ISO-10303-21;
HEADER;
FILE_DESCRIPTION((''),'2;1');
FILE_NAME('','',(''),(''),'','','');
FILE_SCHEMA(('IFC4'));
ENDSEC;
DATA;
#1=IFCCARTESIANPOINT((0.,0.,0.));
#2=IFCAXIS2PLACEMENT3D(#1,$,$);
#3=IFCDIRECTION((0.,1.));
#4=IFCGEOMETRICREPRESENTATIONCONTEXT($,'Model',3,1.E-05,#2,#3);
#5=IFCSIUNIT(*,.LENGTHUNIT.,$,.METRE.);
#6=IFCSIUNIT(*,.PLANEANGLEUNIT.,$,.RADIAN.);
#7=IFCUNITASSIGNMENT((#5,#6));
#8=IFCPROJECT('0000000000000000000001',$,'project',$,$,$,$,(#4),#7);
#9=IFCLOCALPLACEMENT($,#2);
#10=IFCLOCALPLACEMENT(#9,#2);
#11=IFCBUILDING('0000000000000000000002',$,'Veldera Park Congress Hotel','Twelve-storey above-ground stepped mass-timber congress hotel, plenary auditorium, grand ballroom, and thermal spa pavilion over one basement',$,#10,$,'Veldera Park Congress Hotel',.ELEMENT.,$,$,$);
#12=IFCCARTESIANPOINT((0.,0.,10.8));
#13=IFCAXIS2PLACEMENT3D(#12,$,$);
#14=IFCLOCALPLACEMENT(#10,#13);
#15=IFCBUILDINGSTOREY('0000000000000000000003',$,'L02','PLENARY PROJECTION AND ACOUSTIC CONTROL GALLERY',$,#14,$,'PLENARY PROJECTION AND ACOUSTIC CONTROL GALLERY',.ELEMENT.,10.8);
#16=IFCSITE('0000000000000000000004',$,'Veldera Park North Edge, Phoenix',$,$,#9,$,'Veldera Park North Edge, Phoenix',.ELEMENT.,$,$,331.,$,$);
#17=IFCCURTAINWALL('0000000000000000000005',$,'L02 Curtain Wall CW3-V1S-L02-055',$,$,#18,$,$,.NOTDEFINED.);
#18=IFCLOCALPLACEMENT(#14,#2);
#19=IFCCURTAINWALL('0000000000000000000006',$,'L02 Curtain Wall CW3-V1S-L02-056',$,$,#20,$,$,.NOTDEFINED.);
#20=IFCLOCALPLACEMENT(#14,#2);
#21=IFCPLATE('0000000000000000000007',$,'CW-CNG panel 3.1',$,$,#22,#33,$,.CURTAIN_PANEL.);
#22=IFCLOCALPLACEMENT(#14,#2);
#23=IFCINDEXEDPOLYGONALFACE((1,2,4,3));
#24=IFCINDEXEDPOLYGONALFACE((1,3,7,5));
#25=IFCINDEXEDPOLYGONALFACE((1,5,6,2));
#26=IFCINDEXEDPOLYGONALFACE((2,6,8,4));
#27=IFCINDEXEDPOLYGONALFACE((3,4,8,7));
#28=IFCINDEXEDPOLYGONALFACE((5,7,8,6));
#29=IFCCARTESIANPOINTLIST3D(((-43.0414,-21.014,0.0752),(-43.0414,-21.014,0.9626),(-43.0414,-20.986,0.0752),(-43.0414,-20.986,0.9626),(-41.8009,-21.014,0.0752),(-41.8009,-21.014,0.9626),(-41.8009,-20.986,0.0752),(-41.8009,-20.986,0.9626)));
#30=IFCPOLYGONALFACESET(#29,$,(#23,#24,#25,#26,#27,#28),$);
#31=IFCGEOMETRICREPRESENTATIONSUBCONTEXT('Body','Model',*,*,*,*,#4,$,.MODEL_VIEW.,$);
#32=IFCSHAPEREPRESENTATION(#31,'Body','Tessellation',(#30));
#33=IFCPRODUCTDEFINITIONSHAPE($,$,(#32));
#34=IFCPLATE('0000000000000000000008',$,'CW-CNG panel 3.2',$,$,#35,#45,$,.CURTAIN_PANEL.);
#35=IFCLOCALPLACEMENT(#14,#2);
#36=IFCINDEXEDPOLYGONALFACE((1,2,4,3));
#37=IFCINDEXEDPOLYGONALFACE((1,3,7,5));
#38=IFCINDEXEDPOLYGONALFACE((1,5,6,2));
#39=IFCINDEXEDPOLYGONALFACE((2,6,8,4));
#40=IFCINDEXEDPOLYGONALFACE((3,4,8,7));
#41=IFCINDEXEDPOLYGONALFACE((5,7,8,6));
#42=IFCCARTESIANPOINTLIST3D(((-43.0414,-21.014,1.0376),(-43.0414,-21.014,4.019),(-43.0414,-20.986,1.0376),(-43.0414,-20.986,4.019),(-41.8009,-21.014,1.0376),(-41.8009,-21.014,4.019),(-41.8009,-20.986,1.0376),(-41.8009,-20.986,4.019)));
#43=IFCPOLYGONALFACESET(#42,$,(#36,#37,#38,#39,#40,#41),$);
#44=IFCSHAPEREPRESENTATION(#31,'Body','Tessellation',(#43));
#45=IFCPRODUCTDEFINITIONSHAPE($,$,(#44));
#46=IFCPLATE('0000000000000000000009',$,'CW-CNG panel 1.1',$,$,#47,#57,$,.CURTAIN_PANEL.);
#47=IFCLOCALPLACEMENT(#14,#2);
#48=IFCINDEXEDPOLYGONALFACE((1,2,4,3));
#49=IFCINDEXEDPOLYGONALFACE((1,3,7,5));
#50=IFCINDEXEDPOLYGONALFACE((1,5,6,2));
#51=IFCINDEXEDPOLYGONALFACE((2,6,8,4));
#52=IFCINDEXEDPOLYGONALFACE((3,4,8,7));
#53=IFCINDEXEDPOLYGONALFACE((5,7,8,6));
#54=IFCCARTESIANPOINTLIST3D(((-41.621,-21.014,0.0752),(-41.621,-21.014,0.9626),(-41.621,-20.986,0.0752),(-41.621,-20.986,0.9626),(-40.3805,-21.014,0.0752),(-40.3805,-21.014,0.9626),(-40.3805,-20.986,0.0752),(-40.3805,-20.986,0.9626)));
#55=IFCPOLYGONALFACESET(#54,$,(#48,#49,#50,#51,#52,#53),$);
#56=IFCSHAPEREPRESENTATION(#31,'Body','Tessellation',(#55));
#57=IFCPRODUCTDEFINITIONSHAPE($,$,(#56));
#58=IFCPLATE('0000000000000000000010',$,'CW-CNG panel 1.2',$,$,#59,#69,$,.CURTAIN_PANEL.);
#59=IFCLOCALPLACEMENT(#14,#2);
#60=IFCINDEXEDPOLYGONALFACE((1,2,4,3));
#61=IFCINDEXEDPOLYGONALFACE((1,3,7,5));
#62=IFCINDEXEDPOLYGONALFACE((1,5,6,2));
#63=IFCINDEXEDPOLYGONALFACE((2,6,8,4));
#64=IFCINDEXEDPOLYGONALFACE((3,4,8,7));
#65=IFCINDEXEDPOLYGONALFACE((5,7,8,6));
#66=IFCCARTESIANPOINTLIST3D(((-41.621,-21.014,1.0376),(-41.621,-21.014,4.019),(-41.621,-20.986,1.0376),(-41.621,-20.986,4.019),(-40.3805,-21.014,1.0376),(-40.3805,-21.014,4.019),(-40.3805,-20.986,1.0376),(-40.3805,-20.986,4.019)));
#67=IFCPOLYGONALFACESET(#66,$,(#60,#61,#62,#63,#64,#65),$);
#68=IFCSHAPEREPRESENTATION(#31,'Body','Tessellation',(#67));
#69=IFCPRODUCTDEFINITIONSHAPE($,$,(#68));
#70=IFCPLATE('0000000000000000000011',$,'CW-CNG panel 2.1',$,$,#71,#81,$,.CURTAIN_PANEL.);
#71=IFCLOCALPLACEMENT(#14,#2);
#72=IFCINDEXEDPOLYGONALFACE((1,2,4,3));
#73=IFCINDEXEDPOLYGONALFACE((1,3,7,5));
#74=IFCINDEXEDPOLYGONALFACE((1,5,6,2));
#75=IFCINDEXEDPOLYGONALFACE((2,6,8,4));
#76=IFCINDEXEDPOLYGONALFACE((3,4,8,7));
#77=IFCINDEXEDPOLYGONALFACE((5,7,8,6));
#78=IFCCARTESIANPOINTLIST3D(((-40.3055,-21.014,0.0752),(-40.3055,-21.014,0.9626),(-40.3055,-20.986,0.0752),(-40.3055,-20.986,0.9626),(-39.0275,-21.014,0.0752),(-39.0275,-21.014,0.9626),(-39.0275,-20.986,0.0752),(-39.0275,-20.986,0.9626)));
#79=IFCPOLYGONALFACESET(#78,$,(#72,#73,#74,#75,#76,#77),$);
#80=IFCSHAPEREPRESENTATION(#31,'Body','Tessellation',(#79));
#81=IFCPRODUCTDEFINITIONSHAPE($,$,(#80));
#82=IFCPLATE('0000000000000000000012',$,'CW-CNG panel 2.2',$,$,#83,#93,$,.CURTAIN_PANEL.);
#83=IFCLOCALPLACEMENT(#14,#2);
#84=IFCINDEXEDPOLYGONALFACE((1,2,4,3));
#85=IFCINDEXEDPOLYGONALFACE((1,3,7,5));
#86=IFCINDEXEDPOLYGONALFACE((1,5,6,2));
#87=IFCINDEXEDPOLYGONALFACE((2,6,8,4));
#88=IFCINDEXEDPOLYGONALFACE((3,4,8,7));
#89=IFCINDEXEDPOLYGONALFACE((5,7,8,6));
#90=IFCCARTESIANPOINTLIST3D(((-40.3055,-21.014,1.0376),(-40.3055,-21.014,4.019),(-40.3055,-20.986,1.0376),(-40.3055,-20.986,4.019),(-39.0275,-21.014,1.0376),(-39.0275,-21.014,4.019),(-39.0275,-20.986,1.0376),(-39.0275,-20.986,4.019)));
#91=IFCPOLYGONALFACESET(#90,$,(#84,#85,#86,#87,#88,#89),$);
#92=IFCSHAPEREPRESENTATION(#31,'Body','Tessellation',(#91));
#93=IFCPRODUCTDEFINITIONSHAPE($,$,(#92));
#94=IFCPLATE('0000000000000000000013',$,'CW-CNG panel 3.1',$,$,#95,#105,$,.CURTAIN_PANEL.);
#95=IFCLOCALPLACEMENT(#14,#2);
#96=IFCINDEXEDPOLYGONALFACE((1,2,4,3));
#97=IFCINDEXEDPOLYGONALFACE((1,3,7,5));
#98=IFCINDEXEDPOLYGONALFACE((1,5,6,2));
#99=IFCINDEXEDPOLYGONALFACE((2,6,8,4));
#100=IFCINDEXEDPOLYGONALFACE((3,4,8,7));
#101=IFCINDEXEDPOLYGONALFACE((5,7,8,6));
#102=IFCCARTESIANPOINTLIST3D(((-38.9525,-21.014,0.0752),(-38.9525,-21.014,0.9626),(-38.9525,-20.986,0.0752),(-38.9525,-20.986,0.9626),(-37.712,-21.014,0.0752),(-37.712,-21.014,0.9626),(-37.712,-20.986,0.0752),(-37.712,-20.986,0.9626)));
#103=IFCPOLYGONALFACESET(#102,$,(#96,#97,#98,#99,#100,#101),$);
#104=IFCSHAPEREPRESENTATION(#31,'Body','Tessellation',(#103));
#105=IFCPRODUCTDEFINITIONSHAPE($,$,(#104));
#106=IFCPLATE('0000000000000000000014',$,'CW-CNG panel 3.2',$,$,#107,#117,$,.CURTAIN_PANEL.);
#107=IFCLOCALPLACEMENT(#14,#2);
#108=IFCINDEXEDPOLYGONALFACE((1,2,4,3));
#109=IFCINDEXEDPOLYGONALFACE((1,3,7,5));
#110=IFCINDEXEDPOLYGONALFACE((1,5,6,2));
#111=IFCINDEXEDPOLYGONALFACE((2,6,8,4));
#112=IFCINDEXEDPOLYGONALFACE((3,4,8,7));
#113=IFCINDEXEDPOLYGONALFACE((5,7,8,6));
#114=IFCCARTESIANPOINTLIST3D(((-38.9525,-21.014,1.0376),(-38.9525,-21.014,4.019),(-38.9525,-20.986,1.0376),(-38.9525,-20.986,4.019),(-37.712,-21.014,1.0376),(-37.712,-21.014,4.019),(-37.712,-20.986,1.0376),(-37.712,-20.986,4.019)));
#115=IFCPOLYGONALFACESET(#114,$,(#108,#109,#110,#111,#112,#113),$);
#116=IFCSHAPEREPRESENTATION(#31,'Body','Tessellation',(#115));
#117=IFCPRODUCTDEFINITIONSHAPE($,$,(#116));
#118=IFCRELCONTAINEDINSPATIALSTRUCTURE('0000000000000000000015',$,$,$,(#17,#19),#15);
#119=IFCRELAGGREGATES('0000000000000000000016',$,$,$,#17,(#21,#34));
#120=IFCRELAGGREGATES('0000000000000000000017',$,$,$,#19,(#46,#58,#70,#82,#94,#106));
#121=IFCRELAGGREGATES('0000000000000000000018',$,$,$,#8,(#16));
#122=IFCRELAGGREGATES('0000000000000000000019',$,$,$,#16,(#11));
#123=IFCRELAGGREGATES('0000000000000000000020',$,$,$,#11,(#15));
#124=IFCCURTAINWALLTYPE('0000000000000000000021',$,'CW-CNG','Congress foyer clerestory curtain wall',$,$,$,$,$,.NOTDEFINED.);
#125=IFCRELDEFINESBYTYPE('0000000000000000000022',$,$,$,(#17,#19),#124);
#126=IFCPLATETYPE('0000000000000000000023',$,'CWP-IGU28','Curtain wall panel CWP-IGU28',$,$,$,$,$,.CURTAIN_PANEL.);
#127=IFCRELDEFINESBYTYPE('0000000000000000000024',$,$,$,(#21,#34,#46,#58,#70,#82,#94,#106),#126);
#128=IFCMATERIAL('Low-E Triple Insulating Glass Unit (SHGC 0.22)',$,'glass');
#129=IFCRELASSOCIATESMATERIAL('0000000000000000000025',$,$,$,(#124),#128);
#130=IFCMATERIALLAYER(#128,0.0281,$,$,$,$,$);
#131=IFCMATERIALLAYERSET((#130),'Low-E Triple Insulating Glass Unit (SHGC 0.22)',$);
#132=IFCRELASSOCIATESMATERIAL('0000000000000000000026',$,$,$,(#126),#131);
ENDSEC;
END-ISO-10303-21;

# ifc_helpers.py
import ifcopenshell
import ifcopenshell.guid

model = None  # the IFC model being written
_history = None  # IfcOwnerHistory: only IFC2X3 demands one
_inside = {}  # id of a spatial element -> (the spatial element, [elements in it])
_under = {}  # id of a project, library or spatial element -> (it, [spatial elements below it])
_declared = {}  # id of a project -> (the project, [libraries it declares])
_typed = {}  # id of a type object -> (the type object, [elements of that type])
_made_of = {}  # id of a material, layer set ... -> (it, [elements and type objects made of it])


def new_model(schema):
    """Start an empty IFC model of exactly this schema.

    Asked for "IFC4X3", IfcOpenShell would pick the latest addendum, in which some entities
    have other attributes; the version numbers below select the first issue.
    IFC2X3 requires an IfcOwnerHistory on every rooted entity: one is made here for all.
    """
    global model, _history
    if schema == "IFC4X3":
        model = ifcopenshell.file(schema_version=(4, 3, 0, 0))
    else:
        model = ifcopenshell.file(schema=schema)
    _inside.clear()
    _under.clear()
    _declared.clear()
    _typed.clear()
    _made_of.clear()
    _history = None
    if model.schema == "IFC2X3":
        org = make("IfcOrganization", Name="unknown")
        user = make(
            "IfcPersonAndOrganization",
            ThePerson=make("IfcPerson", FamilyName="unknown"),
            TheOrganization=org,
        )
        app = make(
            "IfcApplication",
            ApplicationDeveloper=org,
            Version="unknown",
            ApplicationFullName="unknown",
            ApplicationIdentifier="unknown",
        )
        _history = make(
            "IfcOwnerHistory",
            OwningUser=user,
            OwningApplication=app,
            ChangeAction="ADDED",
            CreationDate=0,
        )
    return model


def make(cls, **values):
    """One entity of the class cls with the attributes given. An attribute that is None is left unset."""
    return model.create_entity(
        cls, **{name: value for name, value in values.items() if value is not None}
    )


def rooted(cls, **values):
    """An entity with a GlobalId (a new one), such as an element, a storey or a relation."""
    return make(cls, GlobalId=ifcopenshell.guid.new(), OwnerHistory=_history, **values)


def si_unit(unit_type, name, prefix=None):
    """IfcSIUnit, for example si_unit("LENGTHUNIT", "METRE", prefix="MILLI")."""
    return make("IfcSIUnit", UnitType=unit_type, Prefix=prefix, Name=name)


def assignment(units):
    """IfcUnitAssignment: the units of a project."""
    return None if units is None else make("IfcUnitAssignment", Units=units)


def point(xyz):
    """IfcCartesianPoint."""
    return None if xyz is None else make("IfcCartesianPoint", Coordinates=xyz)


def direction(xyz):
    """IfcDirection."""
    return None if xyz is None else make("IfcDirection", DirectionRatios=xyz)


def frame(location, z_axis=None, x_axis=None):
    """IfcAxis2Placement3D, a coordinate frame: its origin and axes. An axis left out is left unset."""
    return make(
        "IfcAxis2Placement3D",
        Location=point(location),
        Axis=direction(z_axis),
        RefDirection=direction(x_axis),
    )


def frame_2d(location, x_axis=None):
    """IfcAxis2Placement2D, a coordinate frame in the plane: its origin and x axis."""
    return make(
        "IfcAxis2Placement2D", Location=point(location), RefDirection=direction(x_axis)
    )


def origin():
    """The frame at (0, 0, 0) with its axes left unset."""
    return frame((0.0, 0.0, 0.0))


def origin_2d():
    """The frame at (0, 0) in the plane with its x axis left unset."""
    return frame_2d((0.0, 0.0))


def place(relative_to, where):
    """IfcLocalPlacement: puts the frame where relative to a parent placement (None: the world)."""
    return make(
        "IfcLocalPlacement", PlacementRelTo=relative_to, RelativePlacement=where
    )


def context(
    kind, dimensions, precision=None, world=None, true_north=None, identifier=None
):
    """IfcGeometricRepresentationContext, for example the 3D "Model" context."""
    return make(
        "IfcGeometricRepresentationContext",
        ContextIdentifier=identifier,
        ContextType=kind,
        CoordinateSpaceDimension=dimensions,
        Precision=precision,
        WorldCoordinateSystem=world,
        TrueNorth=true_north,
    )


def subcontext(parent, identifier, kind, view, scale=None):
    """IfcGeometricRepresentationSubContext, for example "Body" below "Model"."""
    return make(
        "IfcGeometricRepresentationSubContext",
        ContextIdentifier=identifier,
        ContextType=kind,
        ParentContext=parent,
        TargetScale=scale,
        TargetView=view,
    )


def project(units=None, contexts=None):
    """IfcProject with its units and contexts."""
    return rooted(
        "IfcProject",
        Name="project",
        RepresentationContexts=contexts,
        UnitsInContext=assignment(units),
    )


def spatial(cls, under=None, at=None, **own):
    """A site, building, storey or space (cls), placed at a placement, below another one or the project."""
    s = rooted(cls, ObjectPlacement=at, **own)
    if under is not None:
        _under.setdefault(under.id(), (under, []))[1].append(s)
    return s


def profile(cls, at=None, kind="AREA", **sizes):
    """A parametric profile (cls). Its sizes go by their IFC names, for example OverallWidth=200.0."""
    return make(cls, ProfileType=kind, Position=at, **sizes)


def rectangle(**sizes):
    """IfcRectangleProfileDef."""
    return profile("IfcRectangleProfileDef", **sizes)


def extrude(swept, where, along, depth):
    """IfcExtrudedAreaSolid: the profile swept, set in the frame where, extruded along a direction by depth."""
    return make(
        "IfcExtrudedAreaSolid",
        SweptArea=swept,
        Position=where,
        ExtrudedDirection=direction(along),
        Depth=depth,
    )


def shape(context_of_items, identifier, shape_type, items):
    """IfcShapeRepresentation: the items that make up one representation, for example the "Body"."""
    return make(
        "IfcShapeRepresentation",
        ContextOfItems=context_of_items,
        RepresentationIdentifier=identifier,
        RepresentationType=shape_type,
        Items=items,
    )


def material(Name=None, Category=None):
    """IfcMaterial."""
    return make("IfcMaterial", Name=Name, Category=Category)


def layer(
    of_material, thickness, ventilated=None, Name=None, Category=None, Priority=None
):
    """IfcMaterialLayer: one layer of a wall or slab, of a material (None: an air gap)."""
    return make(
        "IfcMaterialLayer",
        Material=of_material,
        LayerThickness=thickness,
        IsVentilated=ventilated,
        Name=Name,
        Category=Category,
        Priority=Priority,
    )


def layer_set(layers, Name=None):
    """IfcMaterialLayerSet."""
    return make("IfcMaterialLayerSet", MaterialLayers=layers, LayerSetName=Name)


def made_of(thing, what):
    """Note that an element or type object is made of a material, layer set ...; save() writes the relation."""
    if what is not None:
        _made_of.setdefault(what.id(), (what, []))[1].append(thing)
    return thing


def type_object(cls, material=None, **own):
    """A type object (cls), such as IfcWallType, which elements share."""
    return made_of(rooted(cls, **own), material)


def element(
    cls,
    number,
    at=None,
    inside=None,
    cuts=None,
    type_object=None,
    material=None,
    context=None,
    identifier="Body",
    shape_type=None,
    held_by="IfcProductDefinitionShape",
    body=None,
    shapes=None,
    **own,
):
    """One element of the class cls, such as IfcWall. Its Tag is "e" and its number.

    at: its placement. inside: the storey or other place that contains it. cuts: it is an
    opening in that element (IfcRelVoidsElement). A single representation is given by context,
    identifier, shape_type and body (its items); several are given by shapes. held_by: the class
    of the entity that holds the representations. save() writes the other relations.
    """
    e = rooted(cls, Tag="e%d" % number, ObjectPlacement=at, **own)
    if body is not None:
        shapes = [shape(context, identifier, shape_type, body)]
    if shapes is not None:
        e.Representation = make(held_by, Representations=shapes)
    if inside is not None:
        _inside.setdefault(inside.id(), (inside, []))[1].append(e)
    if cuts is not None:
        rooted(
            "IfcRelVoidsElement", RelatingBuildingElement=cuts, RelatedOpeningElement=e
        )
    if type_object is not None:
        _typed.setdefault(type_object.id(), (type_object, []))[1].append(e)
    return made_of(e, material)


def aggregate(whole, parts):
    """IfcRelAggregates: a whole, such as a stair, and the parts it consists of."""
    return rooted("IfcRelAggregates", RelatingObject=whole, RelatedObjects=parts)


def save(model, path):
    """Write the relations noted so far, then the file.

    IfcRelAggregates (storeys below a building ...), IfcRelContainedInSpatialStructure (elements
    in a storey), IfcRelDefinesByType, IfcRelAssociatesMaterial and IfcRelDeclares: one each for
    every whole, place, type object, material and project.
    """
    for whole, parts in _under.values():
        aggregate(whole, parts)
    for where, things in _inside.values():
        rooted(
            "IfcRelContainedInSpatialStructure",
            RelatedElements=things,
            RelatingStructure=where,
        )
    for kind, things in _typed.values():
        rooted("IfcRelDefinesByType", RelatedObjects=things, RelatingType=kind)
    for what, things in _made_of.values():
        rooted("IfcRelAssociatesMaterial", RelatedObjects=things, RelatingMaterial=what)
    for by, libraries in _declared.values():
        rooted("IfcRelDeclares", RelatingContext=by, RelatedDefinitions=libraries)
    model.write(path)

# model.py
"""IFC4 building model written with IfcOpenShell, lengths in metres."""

from ifc_helpers import new_model, si_unit, direction, frame, origin, origin_2d, place, context, subcontext, project, spatial, rectangle, extrude, material, layer, layer_set, type_object, element, aggregate, save


model = new_model("IFC4")

# Units and contexts
model_context = context("Model", 3, precision=1e-05, world=origin(), true_north=direction((0.0, 1.0)))
body_context = subcontext(model_context, "Body", "Model", "MODEL_VIEW")
ifc_project = project(units=[si_unit("LENGTHUNIT", "METRE"), si_unit("PLANEANGLEUNIT", "RADIAN")], contexts=[model_context])

# Site, building, storey
site_placement = place(None, origin())
site = spatial("IfcSite", under=ifc_project, at=site_placement, Name="Veldera Park North Edge, Phoenix", LongName="Veldera Park North Edge, Phoenix", CompositionType="ELEMENT", RefElevation=331.0)
building_placement = place(site_placement, origin())
building = spatial("IfcBuilding", under=site, at=building_placement, Name="Veldera Park Congress Hotel", Description="Twelve-storey above-ground stepped mass-timber congress hotel, plenary auditorium, grand ballroom, and thermal spa pavilion over one basement", LongName="Veldera Park Congress Hotel", CompositionType="ELEMENT")
storey_placement = place(building_placement, frame((0.0, 0.0, 10.8)))
storey = spatial("IfcBuildingStorey", under=building, at=storey_placement, Name="L02", Description="PLENARY PROJECTION AND ACOUSTIC CONTROL GALLERY", LongName="PLENARY PROJECTION AND ACOUSTIC CONTROL GALLERY", CompositionType="ELEMENT", Elevation=10.8)

# Curtain walls
ifc_material_1 = material(Name="Low-E Triple Insulating Glass Unit (SHGC 0.22)", Category="glass")
curtain_wall_type = type_object("IfcCurtainWallType", Name="CW-CNG", Description="Congress foyer clerestory curtain wall", PredefinedType="NOTDEFINED", material=ifc_material_1)
curtain_wall_1_placement = place(storey_placement, origin())
curtain_wall_1 = element("IfcCurtainWall", 1, at=curtain_wall_1_placement, inside=storey, type_object=curtain_wall_type, Name="L02 Curtain Wall CW3-V1S-L02-055", PredefinedType="NOTDEFINED")
curtain_wall_2_placement = place(storey_placement, origin())
curtain_wall_2 = element("IfcCurtainWall", 2, at=curtain_wall_2_placement, inside=storey, type_object=curtain_wall_type, Name="L02 Curtain Wall CW3-V1S-L02-056", PredefinedType="NOTDEFINED")

# Plates
ifc_layer = layer(ifc_material_1, 0.0281)
ifc_layer_set = layer_set([ifc_layer], Name="Low-E Triple Insulating Glass Unit (SHGC 0.22)")
plate_type = type_object("IfcPlateType", Name="CWP-IGU28", Description="Curtain wall panel CWP-IGU28", PredefinedType="CURTAIN_PANEL", material=ifc_layer_set)
plate_1_placement = place(storey_placement, frame((-42.4211, -21.0, 0.0752), z_axis=(0.0, 0.0, 1.0), x_axis=(1.0, 0.0, 0.0)))
plate_1 = element("IfcPlate", 3, at=plate_1_placement, type_object=plate_type, Name="CW-CNG panel 3.1", PredefinedType="CURTAIN_PANEL", context=body_context, shape_type="SweptSolid", body=[
    extrude(rectangle(XDim=1.2405, YDim=0.0281, at=origin_2d()), origin(), (0.0, 0.0, 1.0), 0.8875),
])
plate_2_placement = place(storey_placement, frame((-42.4211, -21.0, 1.0376), z_axis=(0.0, 0.0, 1.0), x_axis=(1.0, 0.0, 0.0)))
plate_2 = element("IfcPlate", 4, at=plate_2_placement, type_object=plate_type, Name="CW-CNG panel 3.2", PredefinedType="CURTAIN_PANEL", context=body_context, shape_type="SweptSolid", body=[
    extrude(rectangle(XDim=1.2405, YDim=0.0281, at=origin_2d()), origin(), (0.0, 0.0, 1.0), 2.9814),
])
aggregate(curtain_wall_1, [plate_1, plate_2])
plate_3_placement = place(storey_placement, frame((-41.0007, -21.0, 0.0752), z_axis=(0.0, 0.0, 1.0), x_axis=(1.0, 0.0, 0.0)))
plate_3 = element("IfcPlate", 5, at=plate_3_placement, type_object=plate_type, Name="CW-CNG panel 1.1", PredefinedType="CURTAIN_PANEL", context=body_context, shape_type="SweptSolid", body=[
    extrude(rectangle(XDim=1.2405, YDim=0.0281, at=origin_2d()), origin(), (0.0, 0.0, 1.0), 0.8875),
])
plate_4_placement = place(storey_placement, frame((-41.0007, -21.0, 1.0376), z_axis=(0.0, 0.0, 1.0), x_axis=(1.0, 0.0, 0.0)))
plate_4 = element("IfcPlate", 6, at=plate_4_placement, type_object=plate_type, Name="CW-CNG panel 1.2", PredefinedType="CURTAIN_PANEL", context=body_context, shape_type="SweptSolid", body=[
    extrude(rectangle(XDim=1.2405, YDim=0.0281, at=origin_2d()), origin(), (0.0, 0.0, 1.0), 2.9814),
])
plate_5_placement = place(storey_placement, frame((-39.6665, -21.0, 0.0752), z_axis=(0.0, 0.0, 1.0), x_axis=(1.0, 0.0, 0.0)))
plate_5 = element("IfcPlate", 7, at=plate_5_placement, type_object=plate_type, Name="CW-CNG panel 2.1", PredefinedType="CURTAIN_PANEL", context=body_context, shape_type="SweptSolid", body=[
    extrude(rectangle(XDim=1.2781, YDim=0.0281, at=origin_2d()), origin(), (0.0, 0.0, 1.0), 0.8875),
])
plate_6_placement = place(storey_placement, frame((-39.6665, -21.0, 1.0376), z_axis=(0.0, 0.0, 1.0), x_axis=(1.0, 0.0, 0.0)))
plate_6 = element("IfcPlate", 8, at=plate_6_placement, type_object=plate_type, Name="CW-CNG panel 2.2", PredefinedType="CURTAIN_PANEL", context=body_context, shape_type="SweptSolid", body=[
    extrude(rectangle(XDim=1.2781, YDim=0.0281, at=origin_2d()), origin(), (0.0, 0.0, 1.0), 2.9814),
])
plate_7_placement = place(storey_placement, frame((-38.3323, -21.0, 0.0752), z_axis=(0.0, 0.0, 1.0), x_axis=(1.0, 0.0, 0.0)))
plate_7 = element("IfcPlate", 9, at=plate_7_placement, type_object=plate_type, Name="CW-CNG panel 3.1", PredefinedType="CURTAIN_PANEL", context=body_context, shape_type="SweptSolid", body=[
    extrude(rectangle(XDim=1.2405, YDim=0.0281, at=origin_2d()), origin(), (0.0, 0.0, 1.0), 0.8875),
])
plate_8_placement = place(storey_placement, frame((-38.3323, -21.0, 1.0376), z_axis=(0.0, 0.0, 1.0), x_axis=(1.0, 0.0, 0.0)))
plate_8 = element("IfcPlate", 10, at=plate_8_placement, type_object=plate_type, Name="CW-CNG panel 3.2", PredefinedType="CURTAIN_PANEL", context=body_context, shape_type="SweptSolid", body=[
    extrude(rectangle(XDim=1.2405, YDim=0.0281, at=origin_2d()), origin(), (0.0, 0.0, 1.0), 2.9814),
])
aggregate(curtain_wall_2, [plate_3, plate_4, plate_5, plate_6, plate_7, plate_8])

save(model, "model.ifc")
